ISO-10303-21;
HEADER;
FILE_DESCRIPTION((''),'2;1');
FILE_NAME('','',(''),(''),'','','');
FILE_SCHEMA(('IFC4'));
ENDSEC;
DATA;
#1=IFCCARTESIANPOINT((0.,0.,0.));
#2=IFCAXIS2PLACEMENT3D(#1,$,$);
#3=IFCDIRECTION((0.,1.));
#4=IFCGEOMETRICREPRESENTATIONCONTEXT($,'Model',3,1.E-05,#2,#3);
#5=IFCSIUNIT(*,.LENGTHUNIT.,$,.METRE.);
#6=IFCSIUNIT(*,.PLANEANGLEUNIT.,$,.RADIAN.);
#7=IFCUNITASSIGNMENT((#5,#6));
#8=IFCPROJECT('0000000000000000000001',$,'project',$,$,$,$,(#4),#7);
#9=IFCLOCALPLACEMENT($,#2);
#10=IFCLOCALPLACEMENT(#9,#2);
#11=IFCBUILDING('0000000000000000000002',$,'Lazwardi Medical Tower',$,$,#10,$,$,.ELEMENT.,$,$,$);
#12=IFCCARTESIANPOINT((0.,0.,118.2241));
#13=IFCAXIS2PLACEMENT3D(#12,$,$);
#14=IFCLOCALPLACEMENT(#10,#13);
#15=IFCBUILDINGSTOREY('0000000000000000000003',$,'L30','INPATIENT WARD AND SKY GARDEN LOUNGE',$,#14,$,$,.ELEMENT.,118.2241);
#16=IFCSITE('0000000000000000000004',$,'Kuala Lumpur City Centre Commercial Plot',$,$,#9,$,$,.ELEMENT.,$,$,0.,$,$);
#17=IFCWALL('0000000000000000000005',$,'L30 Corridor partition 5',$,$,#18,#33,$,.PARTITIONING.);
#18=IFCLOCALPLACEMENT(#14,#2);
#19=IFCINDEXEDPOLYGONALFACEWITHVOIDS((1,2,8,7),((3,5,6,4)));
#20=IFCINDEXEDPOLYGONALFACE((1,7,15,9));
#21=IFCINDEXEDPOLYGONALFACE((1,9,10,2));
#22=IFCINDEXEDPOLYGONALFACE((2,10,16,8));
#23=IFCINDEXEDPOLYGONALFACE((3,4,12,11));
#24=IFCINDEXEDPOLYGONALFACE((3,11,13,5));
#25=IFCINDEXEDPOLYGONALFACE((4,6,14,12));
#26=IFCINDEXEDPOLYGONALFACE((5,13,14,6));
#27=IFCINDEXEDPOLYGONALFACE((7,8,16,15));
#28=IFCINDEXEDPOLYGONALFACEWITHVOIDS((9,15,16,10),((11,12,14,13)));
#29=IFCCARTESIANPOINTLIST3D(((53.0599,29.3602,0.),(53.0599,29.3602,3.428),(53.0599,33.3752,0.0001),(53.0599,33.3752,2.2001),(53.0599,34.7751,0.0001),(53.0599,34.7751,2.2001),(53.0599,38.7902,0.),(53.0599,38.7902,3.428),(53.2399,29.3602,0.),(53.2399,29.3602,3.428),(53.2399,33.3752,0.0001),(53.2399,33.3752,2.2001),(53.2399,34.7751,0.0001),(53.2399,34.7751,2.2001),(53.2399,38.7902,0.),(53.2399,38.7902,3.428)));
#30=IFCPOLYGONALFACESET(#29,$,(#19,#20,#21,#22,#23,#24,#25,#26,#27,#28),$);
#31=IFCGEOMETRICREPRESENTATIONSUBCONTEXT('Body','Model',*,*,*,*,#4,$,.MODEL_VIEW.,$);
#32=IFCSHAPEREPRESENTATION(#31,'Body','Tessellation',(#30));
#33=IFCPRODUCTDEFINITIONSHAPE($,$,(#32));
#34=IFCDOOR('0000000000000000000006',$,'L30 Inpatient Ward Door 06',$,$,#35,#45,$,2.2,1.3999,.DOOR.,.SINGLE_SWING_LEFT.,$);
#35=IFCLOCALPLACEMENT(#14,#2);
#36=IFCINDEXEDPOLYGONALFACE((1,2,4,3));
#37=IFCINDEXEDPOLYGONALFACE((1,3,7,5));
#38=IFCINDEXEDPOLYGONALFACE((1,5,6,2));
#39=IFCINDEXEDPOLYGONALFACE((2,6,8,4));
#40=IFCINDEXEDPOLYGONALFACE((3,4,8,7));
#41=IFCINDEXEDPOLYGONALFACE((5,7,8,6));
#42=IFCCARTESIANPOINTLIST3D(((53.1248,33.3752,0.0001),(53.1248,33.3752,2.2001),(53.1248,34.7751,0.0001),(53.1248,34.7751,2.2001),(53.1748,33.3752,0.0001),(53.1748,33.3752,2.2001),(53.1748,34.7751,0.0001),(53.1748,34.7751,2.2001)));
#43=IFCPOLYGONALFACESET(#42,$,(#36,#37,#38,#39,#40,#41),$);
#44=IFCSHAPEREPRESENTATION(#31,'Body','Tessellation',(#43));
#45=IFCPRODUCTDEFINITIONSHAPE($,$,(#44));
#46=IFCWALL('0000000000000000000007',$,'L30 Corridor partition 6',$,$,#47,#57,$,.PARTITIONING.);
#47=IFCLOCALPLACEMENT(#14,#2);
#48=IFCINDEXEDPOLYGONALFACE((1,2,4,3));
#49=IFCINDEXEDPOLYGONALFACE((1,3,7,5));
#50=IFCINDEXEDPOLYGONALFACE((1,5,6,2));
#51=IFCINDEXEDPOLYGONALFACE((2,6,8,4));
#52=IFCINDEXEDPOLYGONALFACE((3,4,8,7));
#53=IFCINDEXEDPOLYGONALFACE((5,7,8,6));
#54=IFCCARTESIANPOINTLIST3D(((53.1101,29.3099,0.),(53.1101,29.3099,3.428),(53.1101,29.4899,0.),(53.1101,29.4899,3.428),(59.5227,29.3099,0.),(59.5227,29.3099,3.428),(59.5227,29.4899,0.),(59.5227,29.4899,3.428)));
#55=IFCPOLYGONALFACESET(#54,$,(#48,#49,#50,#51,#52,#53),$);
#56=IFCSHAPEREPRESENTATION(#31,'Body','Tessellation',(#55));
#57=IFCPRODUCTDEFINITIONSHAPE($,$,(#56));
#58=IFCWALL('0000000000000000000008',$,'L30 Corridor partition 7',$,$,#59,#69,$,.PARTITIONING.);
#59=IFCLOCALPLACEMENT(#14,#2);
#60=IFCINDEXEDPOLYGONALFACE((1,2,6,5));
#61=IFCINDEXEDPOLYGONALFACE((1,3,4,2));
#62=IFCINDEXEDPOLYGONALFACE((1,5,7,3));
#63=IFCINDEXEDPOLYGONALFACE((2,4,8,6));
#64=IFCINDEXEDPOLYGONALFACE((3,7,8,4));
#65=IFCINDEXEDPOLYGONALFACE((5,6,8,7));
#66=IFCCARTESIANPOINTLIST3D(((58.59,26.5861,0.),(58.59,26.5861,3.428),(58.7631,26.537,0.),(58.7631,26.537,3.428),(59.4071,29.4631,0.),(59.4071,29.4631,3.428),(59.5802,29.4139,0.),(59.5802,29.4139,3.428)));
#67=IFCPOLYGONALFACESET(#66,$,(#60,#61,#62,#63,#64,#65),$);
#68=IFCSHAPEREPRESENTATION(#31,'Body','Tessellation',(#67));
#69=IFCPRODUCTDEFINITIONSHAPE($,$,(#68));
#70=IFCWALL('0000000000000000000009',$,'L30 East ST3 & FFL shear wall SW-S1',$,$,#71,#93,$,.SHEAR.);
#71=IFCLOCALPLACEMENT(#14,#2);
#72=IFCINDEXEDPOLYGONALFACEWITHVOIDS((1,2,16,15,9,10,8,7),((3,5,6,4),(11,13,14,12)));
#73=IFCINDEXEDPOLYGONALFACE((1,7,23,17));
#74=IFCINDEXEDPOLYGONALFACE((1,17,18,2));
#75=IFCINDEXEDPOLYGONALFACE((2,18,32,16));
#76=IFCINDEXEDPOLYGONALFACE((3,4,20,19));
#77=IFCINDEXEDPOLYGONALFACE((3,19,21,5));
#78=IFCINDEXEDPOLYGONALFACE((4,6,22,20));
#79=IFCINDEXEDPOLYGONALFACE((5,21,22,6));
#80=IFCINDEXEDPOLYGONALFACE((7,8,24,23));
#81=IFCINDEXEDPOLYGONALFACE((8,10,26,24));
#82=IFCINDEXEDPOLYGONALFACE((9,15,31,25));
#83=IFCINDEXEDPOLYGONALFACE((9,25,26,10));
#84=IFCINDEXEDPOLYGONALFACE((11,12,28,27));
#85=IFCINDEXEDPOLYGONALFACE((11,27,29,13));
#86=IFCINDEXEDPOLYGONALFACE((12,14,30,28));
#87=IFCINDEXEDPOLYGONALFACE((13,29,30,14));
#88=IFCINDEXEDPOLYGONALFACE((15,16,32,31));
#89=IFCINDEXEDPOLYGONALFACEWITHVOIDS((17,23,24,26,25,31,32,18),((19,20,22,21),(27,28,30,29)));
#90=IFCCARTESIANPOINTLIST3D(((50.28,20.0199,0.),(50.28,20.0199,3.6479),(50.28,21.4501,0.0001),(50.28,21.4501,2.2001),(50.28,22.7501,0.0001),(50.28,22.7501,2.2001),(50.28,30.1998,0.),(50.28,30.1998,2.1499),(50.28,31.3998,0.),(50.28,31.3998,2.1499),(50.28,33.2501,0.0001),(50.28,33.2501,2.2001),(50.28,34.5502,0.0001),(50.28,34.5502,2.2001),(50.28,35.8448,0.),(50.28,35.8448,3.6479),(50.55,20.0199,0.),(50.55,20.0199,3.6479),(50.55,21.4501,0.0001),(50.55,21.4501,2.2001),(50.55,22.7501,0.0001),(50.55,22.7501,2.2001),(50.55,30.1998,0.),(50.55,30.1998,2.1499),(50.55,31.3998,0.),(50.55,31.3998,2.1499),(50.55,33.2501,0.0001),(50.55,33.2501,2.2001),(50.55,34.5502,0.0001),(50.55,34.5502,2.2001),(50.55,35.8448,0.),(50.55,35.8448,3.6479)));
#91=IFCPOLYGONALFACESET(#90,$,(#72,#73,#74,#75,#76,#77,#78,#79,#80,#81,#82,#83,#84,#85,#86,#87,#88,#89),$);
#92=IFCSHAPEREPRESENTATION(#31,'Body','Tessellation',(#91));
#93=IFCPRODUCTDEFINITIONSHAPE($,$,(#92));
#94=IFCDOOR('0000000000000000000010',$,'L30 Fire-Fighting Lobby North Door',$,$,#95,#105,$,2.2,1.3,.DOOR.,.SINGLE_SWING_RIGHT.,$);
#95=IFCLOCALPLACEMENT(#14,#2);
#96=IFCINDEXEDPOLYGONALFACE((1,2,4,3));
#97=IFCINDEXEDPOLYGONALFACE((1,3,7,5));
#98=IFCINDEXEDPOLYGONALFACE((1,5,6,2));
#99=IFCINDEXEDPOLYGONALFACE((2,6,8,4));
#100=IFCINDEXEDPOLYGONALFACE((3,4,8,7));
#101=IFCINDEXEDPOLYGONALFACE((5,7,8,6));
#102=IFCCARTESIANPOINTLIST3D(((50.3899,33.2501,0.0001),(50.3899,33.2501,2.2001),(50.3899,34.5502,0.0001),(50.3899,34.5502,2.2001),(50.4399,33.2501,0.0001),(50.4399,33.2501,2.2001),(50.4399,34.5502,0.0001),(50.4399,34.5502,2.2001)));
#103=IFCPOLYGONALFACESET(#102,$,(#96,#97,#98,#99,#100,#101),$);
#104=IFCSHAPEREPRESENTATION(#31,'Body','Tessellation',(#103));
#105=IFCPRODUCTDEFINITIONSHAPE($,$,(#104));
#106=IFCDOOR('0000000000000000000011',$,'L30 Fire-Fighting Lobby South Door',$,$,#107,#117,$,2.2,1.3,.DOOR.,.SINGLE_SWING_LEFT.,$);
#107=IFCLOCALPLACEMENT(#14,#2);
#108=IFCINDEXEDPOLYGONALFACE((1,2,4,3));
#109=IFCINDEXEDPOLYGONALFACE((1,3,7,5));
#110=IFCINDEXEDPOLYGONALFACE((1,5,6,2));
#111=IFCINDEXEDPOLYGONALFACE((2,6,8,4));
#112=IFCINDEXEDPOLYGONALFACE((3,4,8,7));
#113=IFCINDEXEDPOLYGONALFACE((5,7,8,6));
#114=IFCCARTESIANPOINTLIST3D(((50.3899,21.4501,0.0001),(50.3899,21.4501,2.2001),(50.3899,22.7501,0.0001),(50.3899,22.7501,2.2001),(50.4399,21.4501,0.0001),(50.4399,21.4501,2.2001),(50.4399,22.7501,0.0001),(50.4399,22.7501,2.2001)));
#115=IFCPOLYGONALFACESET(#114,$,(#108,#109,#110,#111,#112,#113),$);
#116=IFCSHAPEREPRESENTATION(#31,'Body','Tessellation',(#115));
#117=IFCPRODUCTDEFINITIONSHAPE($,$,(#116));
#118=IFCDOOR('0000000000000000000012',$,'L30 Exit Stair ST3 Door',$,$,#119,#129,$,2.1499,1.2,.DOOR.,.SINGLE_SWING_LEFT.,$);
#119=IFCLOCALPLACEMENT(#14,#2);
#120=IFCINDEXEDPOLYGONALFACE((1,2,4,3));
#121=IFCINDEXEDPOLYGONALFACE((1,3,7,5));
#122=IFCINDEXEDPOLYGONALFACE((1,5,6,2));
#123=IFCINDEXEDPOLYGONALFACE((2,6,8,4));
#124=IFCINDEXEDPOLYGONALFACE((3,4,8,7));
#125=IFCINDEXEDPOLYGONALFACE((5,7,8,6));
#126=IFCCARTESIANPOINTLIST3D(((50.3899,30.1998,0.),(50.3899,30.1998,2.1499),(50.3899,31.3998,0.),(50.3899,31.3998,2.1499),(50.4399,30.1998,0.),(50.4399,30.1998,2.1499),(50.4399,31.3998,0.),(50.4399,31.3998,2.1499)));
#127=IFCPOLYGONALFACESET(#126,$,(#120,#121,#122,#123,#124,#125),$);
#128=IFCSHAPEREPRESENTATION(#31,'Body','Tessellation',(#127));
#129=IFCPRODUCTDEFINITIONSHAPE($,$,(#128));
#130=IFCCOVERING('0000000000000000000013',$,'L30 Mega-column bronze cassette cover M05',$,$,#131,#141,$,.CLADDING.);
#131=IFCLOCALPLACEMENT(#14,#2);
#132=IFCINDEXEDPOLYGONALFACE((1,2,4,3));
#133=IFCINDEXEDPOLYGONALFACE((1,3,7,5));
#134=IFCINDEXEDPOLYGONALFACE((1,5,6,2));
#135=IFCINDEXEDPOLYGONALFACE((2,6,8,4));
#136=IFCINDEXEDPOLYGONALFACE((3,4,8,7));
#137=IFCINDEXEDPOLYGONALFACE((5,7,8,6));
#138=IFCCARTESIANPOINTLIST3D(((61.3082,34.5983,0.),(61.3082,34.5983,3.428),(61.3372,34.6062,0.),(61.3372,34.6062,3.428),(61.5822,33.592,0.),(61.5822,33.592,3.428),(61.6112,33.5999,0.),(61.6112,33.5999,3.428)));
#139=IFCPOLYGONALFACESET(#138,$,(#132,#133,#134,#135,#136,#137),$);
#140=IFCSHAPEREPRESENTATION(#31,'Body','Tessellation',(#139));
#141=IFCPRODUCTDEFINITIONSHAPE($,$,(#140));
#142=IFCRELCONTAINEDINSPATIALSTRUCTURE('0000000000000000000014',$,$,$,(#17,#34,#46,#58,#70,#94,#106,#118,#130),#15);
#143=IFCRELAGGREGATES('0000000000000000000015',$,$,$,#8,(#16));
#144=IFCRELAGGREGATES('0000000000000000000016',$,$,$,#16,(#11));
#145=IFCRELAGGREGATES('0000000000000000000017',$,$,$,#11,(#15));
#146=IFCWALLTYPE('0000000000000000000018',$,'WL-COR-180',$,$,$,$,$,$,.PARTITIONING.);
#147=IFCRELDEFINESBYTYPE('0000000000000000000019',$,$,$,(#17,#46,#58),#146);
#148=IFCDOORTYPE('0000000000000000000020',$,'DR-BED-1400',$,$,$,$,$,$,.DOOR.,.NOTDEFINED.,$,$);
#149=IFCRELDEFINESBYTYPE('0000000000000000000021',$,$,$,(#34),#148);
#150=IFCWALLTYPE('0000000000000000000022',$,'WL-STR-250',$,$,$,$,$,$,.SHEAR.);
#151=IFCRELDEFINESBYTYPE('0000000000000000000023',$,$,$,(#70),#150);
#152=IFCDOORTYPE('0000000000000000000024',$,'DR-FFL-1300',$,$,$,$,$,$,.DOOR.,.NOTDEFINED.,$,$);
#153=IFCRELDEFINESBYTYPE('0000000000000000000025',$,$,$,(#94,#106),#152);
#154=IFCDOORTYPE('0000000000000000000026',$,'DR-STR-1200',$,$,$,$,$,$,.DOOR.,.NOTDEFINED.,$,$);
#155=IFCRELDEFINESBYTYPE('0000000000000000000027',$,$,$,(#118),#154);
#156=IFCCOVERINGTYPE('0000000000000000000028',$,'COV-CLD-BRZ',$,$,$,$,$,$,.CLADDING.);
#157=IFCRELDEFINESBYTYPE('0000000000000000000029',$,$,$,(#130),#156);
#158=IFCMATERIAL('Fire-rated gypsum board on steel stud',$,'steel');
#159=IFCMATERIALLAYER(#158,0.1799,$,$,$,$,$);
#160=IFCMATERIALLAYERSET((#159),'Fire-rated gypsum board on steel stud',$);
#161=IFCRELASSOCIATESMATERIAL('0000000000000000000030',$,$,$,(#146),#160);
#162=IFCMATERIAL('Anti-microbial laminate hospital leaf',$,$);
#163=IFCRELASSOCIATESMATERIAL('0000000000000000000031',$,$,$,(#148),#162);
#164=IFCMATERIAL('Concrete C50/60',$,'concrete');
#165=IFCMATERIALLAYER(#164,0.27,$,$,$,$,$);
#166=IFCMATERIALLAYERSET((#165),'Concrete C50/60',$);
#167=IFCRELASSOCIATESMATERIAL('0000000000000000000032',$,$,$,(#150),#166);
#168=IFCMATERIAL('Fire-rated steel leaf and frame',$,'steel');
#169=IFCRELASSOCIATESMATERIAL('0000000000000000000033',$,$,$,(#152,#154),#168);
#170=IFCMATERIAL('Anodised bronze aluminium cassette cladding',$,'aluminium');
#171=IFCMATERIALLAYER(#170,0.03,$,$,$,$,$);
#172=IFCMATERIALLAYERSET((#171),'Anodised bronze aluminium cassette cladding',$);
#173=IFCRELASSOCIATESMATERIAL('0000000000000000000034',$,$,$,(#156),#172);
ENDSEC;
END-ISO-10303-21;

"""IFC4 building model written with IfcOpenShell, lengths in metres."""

from ifc_helpers import new_model, si_unit, direction, frame, frame_2d, origin, origin_2d, place, context, subcontext, project, spatial, rectangle, extrude, material, layer, layer_set, type_object, element, fill, save


model = new_model("IFC4")

# Units and contexts
model_context = context("Model", 3, precision=1e-05, world=origin(), true_north=direction((0.0, 1.0)))
body_context = subcontext(model_context, "Body", "Model", "MODEL_VIEW")
ifc_project = project(units=[si_unit("LENGTHUNIT", "METRE"), si_unit("PLANEANGLEUNIT", "RADIAN")], contexts=[model_context])

# Site, building, storey
site_placement = place(None, origin())
site = spatial("IfcSite", under=ifc_project, at=site_placement, Name="Kuala Lumpur City Centre Commercial Plot", CompositionType="ELEMENT", RefElevation=0.0)
building_placement = place(site_placement, origin())
building = spatial("IfcBuilding", under=site, at=building_placement, Name="Lazwardi Medical Tower", CompositionType="ELEMENT")
storey_placement = place(building_placement, frame((0.0, 0.0, 118.2241)))
storey = spatial("IfcBuildingStorey", under=building, at=storey_placement, Name="L30", Description="INPATIENT WARD AND SKY GARDEN LOUNGE", CompositionType="ELEMENT", Elevation=118.2241)

# Wall, opening, door
ifc_material_1 = material(Name="Fire-rated gypsum board on steel stud", Category="steel")
ifc_layer_1 = layer(ifc_material_1, 0.1799)
ifc_layer_set_1 = layer_set([ifc_layer_1], Name="Fire-rated gypsum board on steel stud")
wall_type_1 = type_object("IfcWallType", Name="WL-COR-180", PredefinedType="PARTITIONING", material=ifc_layer_set_1)
wall_1_placement = place(storey_placement, frame((53.1499, 38.79, 0.0), z_axis=(0.0, 0.0, 1.0), x_axis=(0.0, -1.0, 0.0)))
wall_1 = element("IfcWall", 1, at=wall_1_placement, inside=storey, type_object=wall_type_1, Name="L30 Corridor partition 5", PredefinedType="PARTITIONING", context=body_context, shape_type="SweptSolid", body=[
    extrude(rectangle(XDim=9.4299, YDim=0.1799, at=frame_2d((4.7148, 0.0))), origin(), (0.0, 0.0, 1.0), 3.428),
])
opening_1_placement = place(wall_1_placement, frame((4.0149, 0.0, 0.0)))
opening_1 = element("IfcOpeningElement", 2, at=opening_1_placement, cuts=wall_1, PredefinedType="OPENING", context=body_context, shape_type="SweptSolid", body=[
    extrude(rectangle(XDim=1.3999, YDim=2.2, at=frame_2d((0.7, 1.1001))), frame((0.0, 0.0999, 0.0), z_axis=(0.0, -1.0, 0.0), x_axis=(1.0, 0.0, 0.0)), (0.0, 0.0, 1.0), 0.2),
])
ifc_material_2 = material(Name="Anti-microbial laminate hospital leaf")
door_type_1 = type_object("IfcDoorType", Name="DR-BED-1400", OperationType="NOTDEFINED", PredefinedType="DOOR", material=ifc_material_2)
door_1_placement = place(opening_1_placement, origin())
door_1 = element("IfcDoor", 3, at=door_1_placement, inside=storey, type_object=door_type_1, Name="L30 Inpatient Ward Door 06", OperationType="SINGLE_SWING_LEFT", OverallHeight=2.2, OverallWidth=1.3999, PredefinedType="DOOR", context=body_context, shape_type="SweptSolid", body=[
    extrude(rectangle(XDim=1.3999, YDim=2.2, at=frame_2d((0.7, 1.1001))), frame((0.0, 0.0249, 0.0), z_axis=(0.0, -1.0, 0.0), x_axis=(1.0, 0.0, 0.0)), (0.0, 0.0, 1.0), 0.05),
])
fill(opening_1, door_1)

# Walls
wall_2_placement = place(storey_placement, frame((53.1101, 29.3999, 0.0), z_axis=(0.0, 0.0, 1.0), x_axis=(1.0, 0.0, 0.0)))
element("IfcWall", 4, at=wall_2_placement, inside=storey, type_object=wall_type_1, Name="L30 Corridor partition 6", PredefinedType="PARTITIONING", context=body_context, shape_type="SweptSolid", body=[
    extrude(rectangle(XDim=6.4126, YDim=0.1799, at=frame_2d((3.2063, 0.0))), origin(), (0.0, 0.0, 1.0), 3.428),
])
wall_3_placement = place(storey_placement, frame((59.4937, 29.4385, 0.0), z_axis=(0.0, 0.0, 1.0), x_axis=(-0.273222, -0.961951, 0.0)))
element("IfcWall", 5, at=wall_3_placement, inside=storey, type_object=wall_type_1, Name="L30 Corridor partition 7", PredefinedType="PARTITIONING", context=body_context, shape_type="SweptSolid", body=[
    extrude(rectangle(XDim=2.9907, YDim=0.1799, at=frame_2d((1.4954, 0.0))), origin(), (0.0, 0.0, 1.0), 3.428),
])

# Wall, openings, doors
ifc_material_3 = material(Name="Concrete C50/60", Category="concrete")
ifc_layer_2 = layer(ifc_material_3, 0.27)
ifc_layer_set_2 = layer_set([ifc_layer_2], Name="Concrete C50/60")
wall_type_2 = type_object("IfcWallType", Name="WL-STR-250", PredefinedType="SHEAR", material=ifc_layer_set_2)
wall_4_placement = place(storey_placement, frame((50.415, 35.845, 0.0), z_axis=(0.0, 0.0, 1.0), x_axis=(0.0, -1.0, 0.0)))
wall_4 = element("IfcWall", 6, at=wall_4_placement, inside=storey, type_object=wall_type_2, Name="L30 East ST3 & FFL shear wall SW-S1", PredefinedType="SHEAR", context=body_context, shape_type="SweptSolid", body=[
    extrude(rectangle(XDim=15.825, YDim=0.27, at=frame_2d((7.9126, 0.0))), origin(), (0.0, 0.0, 1.0), 3.6479),
])
opening_2_placement = place(wall_4_placement, frame((4.4451, 0.0, 0.0)))
opening_2 = element("IfcOpeningElement", 7, at=opening_2_placement, cuts=wall_4, PredefinedType="OPENING", context=body_context, shape_type="SweptSolid", body=[
    extrude(rectangle(XDim=1.2, YDim=2.1499, at=frame_2d((0.6001, 1.075))), frame((0.0, 0.145, 0.0), z_axis=(0.0, -1.0, 0.0), x_axis=(1.0, 0.0, 0.0)), (0.0, 0.0, 1.0), 0.29),
])
opening_3_placement = place(wall_4_placement, frame((1.2949, 0.0, 0.0)))
opening_3 = element("IfcOpeningElement", 8, at=opening_3_placement, cuts=wall_4, PredefinedType="OPENING", context=body_context, shape_type="SweptSolid", body=[
    extrude(rectangle(XDim=1.3, YDim=2.2, at=frame_2d((0.6499, 1.1001))), frame((0.0, 0.145, 0.0), z_axis=(0.0, -1.0, 0.0), x_axis=(1.0, 0.0, 0.0)), (0.0, 0.0, 1.0), 0.29),
])
opening_4_placement = place(wall_4_placement, frame((13.095, 0.0, 0.0)))
opening_4 = element("IfcOpeningElement", 9, at=opening_4_placement, cuts=wall_4, PredefinedType="OPENING", context=body_context, shape_type="SweptSolid", body=[
    extrude(rectangle(XDim=1.3, YDim=2.2, at=frame_2d((0.6499, 1.1001))), frame((0.0, 0.145, 0.0), z_axis=(0.0, -1.0, 0.0), x_axis=(1.0, 0.0, 0.0)), (0.0, 0.0, 1.0), 0.29),
])
ifc_material_4 = material(Name="Fire-rated steel leaf and frame", Category="steel")
door_type_2 = type_object("IfcDoorType", Name="DR-FFL-1300", OperationType="NOTDEFINED", PredefinedType="DOOR", material=ifc_material_4)
door_2_placement = place(opening_3_placement, origin())
door_2 = element("IfcDoor", 10, at=door_2_placement, inside=storey, type_object=door_type_2, Name="L30 Fire-Fighting Lobby North Door", OperationType="SINGLE_SWING_RIGHT", OverallHeight=2.2, OverallWidth=1.3, PredefinedType="DOOR", context=body_context, shape_type="SweptSolid", body=[
    extrude(rectangle(XDim=1.3, YDim=2.2, at=frame_2d((0.6499, 1.1001))), frame((0.0, 0.0249, 0.0), z_axis=(0.0, -1.0, 0.0), x_axis=(1.0, 0.0, 0.0)), (0.0, 0.0, 1.0), 0.05),
])
fill(opening_3, door_2)
door_3_placement = place(opening_4_placement, origin())
door_3 = element("IfcDoor", 11, at=door_3_placement, inside=storey, type_object=door_type_2, Name="L30 Fire-Fighting Lobby South Door", OperationType="SINGLE_SWING_LEFT", OverallHeight=2.2, OverallWidth=1.3, PredefinedType="DOOR", context=body_context, shape_type="SweptSolid", body=[
    extrude(rectangle(XDim=1.3, YDim=2.2, at=frame_2d((0.6499, 1.1001))), frame((0.0, 0.0249, 0.0), z_axis=(0.0, -1.0, 0.0), x_axis=(1.0, 0.0, 0.0)), (0.0, 0.0, 1.0), 0.05),
])
fill(opening_4, door_3)
door_type_3 = type_object("IfcDoorType", Name="DR-STR-1200", OperationType="NOTDEFINED", PredefinedType="DOOR", material=ifc_material_4)
door_4_placement = place(opening_2_placement, origin())
door_4 = element("IfcDoor", 12, at=door_4_placement, inside=storey, type_object=door_type_3, Name="L30 Exit Stair ST3 Door", OperationType="SINGLE_SWING_LEFT", OverallHeight=2.1499, OverallWidth=1.2, PredefinedType="DOOR", context=body_context, shape_type="SweptSolid", body=[
    extrude(rectangle(XDim=1.2, YDim=2.1499, at=frame_2d((0.6001, 1.075))), frame((0.0, 0.0249, 0.0), z_axis=(0.0, -1.0, 0.0), x_axis=(1.0, 0.0, 0.0)), (0.0, 0.0, 1.0), 0.05),
])
fill(opening_2, door_4)

# Covering
ifc_material_5 = material(Name="Anodised bronze aluminium cassette cladding", Category="aluminium")
ifc_layer_3 = layer(ifc_material_5, 0.03)
ifc_layer_set_3 = layer_set([ifc_layer_3], Name="Anodised bronze aluminium cassette cladding")
covering_type = type_object("IfcCoveringType", Name="COV-CLD-BRZ", PredefinedType="CLADDING", material=ifc_layer_set_3)
covering_placement = place(storey_placement, frame((61.4597, 34.0991, 0.0), z_axis=(0.0, 0.0, 1.0), x_axis=(-0.262696, 0.964879, 0.0)))
element("IfcCovering", 13, at=covering_placement, inside=storey, type_object=covering_type, Name="L30 Mega-column bronze cassette cover M05", PredefinedType="CLADDING", context=body_context, shape_type="SweptSolid", body=[
    extrude(rectangle(XDim=1.043, YDim=0.03, at=origin_2d()), origin(), (0.0, 0.0, 1.0), 3.428),
])

save(model, "model.ifc")
